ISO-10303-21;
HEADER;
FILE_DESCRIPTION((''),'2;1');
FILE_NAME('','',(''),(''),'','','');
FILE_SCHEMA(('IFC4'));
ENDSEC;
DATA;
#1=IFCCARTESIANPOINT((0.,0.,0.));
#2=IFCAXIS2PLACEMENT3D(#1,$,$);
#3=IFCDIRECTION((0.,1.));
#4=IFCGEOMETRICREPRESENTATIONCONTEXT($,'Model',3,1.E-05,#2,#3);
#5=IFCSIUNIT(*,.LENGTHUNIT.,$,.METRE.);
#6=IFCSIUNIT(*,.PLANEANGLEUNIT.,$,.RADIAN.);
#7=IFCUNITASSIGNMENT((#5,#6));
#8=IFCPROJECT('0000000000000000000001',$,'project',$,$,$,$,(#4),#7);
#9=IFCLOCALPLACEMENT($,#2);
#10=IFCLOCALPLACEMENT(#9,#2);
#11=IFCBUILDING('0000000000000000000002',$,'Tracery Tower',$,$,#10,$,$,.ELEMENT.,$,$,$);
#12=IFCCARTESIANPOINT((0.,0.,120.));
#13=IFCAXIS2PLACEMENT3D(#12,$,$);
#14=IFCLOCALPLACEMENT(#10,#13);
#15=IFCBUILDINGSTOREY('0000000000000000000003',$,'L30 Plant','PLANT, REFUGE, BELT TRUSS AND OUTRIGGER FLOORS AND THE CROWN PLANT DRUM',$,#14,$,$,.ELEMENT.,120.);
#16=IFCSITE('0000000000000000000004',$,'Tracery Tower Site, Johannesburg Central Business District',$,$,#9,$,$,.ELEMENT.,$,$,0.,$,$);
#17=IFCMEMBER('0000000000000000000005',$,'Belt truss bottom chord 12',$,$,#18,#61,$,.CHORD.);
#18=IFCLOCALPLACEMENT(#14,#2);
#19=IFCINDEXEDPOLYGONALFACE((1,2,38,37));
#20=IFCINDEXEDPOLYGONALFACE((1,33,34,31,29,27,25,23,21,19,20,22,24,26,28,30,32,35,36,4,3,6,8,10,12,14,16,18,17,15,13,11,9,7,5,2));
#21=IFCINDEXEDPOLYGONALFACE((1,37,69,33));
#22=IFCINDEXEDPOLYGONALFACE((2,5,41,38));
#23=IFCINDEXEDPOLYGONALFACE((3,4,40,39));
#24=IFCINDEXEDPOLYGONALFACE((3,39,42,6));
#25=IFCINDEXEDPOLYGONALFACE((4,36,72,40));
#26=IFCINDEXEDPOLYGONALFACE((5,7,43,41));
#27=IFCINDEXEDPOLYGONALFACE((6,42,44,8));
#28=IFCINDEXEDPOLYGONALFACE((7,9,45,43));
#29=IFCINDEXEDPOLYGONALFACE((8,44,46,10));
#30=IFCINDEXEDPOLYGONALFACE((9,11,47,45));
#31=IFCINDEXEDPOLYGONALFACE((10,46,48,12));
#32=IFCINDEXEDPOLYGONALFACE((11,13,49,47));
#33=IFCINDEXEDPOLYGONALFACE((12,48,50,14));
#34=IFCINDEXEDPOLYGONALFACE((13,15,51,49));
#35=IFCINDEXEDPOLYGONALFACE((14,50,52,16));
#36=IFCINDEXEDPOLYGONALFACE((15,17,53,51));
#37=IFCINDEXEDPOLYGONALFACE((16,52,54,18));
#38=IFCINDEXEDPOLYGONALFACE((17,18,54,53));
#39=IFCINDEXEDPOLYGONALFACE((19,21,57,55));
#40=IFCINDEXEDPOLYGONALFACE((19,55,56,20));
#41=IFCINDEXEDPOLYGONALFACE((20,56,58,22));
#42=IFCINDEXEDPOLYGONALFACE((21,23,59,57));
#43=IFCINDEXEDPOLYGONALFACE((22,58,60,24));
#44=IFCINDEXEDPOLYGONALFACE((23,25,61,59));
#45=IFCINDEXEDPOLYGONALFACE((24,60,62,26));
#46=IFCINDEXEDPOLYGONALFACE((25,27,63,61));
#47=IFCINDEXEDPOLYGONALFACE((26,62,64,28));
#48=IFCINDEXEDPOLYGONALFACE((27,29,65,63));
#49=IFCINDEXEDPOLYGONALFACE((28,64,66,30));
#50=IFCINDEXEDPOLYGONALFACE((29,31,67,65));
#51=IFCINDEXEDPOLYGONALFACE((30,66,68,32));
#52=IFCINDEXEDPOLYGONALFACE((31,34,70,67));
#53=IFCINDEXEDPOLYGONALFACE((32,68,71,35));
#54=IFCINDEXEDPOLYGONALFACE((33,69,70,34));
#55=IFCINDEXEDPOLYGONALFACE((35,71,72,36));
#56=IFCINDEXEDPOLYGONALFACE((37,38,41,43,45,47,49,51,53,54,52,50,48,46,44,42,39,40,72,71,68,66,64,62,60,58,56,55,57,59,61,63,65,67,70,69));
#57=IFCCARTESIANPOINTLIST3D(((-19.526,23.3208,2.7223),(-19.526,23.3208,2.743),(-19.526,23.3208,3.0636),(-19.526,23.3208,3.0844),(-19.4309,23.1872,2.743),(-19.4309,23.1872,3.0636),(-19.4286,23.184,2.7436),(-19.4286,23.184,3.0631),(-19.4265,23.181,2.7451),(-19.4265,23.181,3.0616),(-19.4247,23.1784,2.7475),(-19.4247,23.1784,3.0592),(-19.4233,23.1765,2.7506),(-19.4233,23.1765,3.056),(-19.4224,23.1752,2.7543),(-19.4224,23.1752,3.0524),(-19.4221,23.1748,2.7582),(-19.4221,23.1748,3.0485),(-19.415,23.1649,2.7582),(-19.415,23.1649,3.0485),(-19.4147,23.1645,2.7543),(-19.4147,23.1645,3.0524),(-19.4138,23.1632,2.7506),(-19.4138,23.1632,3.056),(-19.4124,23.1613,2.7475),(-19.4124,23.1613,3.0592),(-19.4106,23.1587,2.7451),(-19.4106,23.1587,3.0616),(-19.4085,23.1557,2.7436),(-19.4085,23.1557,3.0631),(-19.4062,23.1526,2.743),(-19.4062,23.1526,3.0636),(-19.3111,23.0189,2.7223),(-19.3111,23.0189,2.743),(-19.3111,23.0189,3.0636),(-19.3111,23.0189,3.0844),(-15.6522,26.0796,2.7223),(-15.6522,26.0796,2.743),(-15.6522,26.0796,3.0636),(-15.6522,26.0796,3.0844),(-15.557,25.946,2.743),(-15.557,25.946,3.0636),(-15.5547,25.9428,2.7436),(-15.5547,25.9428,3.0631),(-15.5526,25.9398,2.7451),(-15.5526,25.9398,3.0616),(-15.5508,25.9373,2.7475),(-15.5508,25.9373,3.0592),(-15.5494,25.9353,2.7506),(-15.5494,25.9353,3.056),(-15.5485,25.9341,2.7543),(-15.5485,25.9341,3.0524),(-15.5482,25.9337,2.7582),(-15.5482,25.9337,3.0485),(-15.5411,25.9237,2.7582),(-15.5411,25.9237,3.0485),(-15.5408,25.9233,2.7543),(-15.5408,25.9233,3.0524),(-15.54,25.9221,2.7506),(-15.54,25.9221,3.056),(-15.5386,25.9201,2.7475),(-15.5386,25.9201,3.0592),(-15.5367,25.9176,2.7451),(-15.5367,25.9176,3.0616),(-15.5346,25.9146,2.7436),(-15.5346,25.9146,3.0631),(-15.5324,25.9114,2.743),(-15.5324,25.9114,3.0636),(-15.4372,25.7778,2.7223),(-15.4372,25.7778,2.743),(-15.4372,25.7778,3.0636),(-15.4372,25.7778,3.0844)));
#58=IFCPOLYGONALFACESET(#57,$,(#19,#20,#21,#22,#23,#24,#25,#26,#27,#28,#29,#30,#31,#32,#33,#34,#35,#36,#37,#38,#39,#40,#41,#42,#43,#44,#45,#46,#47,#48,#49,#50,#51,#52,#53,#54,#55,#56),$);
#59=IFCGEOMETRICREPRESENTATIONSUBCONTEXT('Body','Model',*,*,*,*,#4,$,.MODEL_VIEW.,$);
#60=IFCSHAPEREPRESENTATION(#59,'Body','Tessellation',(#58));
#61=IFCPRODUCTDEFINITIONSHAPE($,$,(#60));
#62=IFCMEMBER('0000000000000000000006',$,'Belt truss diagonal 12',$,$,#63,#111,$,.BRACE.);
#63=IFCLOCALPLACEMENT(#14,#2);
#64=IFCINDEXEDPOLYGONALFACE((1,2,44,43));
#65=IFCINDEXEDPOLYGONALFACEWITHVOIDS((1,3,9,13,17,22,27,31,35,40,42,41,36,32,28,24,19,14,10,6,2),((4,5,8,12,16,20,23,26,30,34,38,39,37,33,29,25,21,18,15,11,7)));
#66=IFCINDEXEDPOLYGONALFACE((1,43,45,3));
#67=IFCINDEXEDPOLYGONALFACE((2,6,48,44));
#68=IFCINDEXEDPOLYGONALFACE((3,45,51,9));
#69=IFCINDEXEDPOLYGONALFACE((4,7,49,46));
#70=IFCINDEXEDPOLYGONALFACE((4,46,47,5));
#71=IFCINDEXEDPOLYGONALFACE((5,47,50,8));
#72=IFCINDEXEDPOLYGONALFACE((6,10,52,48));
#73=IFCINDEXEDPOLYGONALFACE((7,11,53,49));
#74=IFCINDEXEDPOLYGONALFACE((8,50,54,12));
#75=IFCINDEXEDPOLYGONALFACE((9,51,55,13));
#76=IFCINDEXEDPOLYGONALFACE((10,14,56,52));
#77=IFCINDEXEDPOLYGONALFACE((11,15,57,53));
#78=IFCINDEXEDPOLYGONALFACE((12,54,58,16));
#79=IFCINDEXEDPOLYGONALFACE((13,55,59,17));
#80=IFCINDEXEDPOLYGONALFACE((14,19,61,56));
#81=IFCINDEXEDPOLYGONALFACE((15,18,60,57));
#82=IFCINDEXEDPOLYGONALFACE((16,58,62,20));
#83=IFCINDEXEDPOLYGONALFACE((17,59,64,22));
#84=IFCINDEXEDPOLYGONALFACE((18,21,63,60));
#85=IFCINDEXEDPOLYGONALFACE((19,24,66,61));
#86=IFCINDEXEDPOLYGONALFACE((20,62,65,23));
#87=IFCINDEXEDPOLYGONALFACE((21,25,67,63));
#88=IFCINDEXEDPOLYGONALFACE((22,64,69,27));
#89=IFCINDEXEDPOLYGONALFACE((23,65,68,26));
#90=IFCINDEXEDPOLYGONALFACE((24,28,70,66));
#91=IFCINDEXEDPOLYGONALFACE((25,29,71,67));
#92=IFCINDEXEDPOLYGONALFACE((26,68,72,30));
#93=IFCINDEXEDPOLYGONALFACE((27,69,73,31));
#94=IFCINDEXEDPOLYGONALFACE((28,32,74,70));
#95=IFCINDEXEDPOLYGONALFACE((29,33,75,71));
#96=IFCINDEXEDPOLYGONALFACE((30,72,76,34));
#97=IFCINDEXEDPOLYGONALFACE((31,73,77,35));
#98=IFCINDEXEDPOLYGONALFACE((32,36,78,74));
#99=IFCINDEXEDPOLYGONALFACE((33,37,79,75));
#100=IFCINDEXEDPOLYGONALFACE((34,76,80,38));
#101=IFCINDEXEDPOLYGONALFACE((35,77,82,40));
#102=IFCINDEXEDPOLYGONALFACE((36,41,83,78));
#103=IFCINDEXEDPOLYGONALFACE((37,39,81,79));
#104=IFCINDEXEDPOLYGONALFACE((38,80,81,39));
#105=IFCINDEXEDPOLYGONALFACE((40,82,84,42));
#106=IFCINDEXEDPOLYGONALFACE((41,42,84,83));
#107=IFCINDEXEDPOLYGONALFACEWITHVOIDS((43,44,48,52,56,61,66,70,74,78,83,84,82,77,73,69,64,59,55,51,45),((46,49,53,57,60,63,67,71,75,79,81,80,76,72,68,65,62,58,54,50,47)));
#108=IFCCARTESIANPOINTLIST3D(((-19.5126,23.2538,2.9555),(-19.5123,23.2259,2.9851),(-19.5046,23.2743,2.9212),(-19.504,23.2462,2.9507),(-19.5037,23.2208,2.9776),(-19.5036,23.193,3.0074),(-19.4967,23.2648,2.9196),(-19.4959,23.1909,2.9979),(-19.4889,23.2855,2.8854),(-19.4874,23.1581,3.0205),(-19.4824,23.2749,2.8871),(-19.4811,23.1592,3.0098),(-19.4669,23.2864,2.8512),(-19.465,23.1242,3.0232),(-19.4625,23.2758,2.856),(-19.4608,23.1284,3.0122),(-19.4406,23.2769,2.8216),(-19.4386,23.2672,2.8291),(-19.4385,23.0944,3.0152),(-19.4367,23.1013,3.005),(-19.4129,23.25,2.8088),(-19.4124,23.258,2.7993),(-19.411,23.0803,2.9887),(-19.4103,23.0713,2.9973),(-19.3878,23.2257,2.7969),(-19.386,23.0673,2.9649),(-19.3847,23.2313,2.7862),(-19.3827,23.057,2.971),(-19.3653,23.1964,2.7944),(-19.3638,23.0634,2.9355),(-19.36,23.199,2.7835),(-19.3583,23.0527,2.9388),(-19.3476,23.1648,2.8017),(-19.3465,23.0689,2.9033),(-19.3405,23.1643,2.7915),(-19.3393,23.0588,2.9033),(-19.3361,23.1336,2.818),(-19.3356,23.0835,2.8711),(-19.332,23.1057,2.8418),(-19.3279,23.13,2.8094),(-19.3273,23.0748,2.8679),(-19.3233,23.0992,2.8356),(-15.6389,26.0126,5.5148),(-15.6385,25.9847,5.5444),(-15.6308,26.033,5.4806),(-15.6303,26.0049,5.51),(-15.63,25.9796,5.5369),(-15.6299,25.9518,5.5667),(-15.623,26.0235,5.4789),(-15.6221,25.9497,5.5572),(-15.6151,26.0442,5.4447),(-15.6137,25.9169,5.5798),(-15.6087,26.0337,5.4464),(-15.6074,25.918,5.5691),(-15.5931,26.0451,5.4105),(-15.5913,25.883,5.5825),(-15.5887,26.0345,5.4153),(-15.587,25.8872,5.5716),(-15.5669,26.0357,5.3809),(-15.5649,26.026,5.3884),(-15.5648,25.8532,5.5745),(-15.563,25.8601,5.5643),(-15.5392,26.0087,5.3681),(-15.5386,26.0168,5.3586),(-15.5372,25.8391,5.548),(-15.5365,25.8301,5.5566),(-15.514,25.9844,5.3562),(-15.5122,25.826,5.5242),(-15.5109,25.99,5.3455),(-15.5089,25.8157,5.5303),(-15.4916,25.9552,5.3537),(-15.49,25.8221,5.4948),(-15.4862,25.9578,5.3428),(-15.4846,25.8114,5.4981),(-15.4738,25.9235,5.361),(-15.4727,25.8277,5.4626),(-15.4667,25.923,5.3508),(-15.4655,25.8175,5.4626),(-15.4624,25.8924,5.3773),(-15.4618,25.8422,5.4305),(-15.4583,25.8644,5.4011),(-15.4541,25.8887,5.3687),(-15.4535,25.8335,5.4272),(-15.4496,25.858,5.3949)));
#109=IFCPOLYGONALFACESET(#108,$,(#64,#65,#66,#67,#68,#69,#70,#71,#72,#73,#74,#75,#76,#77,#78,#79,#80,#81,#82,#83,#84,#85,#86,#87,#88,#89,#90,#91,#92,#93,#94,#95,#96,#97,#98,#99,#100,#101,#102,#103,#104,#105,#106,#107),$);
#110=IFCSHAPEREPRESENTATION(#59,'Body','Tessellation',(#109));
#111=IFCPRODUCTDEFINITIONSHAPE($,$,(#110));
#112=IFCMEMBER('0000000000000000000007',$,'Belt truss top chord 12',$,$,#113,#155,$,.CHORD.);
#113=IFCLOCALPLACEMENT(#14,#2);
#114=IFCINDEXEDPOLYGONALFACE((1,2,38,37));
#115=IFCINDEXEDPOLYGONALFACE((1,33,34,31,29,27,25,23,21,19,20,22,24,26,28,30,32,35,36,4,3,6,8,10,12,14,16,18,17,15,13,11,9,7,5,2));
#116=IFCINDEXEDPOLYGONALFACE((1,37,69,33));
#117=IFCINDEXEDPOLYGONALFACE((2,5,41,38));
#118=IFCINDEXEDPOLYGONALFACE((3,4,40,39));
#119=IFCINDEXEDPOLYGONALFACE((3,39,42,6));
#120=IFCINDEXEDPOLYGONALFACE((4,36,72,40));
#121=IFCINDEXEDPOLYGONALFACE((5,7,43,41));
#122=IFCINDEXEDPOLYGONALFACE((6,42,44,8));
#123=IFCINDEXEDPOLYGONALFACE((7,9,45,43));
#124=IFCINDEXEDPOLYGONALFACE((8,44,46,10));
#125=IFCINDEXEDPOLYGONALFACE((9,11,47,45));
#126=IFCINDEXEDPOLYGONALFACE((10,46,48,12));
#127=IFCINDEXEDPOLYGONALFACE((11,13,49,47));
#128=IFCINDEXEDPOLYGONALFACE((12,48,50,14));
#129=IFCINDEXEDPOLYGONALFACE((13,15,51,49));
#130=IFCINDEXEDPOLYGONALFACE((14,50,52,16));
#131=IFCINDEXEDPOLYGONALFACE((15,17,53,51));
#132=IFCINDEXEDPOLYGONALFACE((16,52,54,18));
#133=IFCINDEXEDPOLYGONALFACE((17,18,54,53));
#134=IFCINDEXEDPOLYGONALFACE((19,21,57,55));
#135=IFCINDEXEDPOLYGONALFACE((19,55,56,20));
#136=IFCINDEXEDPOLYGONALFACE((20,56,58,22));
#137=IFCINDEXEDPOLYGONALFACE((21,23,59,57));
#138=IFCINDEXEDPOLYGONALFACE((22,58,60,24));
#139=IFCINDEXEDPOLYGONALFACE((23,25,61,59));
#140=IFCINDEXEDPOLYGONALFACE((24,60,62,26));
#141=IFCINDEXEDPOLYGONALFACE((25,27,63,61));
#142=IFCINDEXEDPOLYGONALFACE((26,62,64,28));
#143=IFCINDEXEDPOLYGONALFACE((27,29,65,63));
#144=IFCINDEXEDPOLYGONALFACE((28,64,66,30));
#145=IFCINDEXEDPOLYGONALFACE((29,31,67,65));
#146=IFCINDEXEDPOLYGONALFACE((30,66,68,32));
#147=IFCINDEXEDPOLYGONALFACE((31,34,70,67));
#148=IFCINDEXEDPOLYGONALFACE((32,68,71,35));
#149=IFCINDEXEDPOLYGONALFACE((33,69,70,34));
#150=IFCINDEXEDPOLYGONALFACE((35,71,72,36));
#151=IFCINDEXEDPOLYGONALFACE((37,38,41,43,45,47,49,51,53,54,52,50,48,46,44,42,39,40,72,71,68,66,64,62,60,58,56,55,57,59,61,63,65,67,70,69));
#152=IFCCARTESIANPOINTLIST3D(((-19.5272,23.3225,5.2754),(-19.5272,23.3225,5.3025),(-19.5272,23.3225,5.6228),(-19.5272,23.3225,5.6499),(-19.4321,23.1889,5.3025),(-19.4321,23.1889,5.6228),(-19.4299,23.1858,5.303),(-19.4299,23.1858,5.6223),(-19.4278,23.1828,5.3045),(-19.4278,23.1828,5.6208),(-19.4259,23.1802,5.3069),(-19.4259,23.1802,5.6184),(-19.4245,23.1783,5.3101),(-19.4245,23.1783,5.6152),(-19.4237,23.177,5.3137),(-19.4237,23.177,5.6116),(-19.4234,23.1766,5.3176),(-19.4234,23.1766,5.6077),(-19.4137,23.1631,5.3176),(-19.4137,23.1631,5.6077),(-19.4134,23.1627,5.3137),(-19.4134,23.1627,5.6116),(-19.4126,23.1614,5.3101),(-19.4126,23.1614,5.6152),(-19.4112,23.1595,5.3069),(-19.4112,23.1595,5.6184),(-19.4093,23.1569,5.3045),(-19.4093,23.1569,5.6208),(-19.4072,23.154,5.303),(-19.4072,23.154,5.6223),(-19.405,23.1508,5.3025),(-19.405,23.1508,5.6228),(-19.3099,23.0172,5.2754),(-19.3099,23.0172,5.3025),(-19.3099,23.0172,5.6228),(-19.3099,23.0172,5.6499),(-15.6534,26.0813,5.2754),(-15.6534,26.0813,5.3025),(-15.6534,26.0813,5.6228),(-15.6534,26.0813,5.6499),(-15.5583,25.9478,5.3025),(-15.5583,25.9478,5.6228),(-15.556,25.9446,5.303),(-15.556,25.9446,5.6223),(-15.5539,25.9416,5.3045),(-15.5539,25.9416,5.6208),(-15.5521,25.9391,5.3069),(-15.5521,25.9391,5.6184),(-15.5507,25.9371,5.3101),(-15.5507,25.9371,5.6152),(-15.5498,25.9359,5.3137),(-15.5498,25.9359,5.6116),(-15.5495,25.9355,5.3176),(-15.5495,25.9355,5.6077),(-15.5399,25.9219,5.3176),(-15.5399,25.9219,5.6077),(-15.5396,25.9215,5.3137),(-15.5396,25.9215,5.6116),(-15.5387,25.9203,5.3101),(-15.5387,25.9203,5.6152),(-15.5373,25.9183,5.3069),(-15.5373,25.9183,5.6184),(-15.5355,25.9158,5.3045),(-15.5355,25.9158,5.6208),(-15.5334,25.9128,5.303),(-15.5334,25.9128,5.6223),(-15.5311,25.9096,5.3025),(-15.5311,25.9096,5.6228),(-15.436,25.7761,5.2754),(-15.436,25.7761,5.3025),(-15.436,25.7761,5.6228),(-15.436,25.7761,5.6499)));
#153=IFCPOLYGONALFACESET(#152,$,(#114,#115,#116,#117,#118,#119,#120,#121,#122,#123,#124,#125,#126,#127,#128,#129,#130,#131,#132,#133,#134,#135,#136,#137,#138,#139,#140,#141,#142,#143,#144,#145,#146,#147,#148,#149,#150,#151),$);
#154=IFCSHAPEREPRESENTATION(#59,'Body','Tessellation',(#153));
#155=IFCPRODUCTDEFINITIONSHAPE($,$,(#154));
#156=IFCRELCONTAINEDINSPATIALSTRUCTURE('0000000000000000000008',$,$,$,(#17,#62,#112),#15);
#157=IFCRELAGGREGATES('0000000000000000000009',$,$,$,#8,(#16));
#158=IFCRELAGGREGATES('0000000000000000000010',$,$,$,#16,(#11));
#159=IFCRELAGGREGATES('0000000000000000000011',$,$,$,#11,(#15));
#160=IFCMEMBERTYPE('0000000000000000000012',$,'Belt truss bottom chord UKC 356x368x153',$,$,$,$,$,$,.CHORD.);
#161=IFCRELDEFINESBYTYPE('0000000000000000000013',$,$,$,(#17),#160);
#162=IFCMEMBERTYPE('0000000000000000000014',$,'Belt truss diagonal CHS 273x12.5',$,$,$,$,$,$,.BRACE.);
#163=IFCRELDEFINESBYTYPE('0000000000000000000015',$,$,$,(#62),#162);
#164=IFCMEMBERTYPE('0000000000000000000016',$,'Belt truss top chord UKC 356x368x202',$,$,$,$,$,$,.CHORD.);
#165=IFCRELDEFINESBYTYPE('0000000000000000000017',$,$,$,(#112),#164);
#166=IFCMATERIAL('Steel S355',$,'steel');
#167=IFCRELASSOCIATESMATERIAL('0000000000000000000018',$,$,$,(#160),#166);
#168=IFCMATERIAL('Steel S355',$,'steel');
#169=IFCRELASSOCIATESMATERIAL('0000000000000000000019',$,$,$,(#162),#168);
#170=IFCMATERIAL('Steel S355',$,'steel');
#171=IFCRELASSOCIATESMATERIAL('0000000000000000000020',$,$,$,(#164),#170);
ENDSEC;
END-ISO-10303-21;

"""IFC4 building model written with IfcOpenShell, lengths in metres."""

from ifc_helpers import new_model, si_unit, direction, frame, origin, origin_2d, place, context, subcontext, project, spatial, hollow_circle, i_section, extrude, material, material_profile, profile_set, type_object, element, save


model = new_model("IFC4")

# Units and contexts
model_context = context("Model", 3, precision=1e-05, world=origin(), true_north=direction((0.0, 1.0)))
body_context = subcontext(model_context, "Body", "Model", "MODEL_VIEW")
ifc_project = project(units=[si_unit("LENGTHUNIT", "METRE"), si_unit("PLANEANGLEUNIT", "RADIAN")], contexts=[model_context])

# Site, building, storey
site_placement = place(None, origin())
site = spatial("IfcSite", under=ifc_project, at=site_placement, Name="Tracery Tower Site, Johannesburg Central Business District", CompositionType="ELEMENT", RefElevation=0.0)
building_placement = place(site_placement, origin())
building = spatial("IfcBuilding", under=site, at=building_placement, Name="Tracery Tower", CompositionType="ELEMENT")
storey_placement = place(building_placement, frame((0.0, 0.0, 120.0)))
storey = spatial("IfcBuildingStorey", under=building, at=storey_placement, Name="L30 Plant", Description="PLANT, REFUGE, BELT TRUSS AND OUTRIGGER FLOORS AND THE CROWN PLANT DRUM", CompositionType="ELEMENT", Elevation=120.0)

# Members
ifc_material_1 = material(Name="Steel S355", Category="steel")
ifc_material_profile_1 = material_profile(ifc_material_1, i_section(OverallWidth=0.3706, OverallDepth=0.3621, WebThickness=0.0122, FlangeThickness=0.0208, FilletRadius=0.0151, at=origin_2d()), Name="UKC 356x368x153")
ifc_profile_set_1 = profile_set([ifc_material_profile_1], Name="Steel S355")
member_type_1 = type_object("IfcMemberType", Name="Belt truss bottom chord UKC 356x368x153", PredefinedType="CHORD", material=ifc_profile_set_1)
member_1_placement = place(storey_placement, frame((-15.5447, 25.9287, 2.9033), z_axis=(-0.814548, -0.580096, 0.0), x_axis=(0.580096, -0.814548, 0.0)))
element("IfcMember", 1, at=member_1_placement, inside=storey, type_object=member_type_1, Name="Belt truss bottom chord 12", PredefinedType="CHORD", context=body_context, shape_type="SweptSolid", body=[
    extrude(i_section(OverallWidth=0.3706, OverallDepth=0.3621, WebThickness=0.0122, FlangeThickness=0.0208, FilletRadius=0.0151, at=origin_2d()), origin(), (0.0, 0.0, 1.0), 4.7559),
])
ifc_material_2 = material(Name="Steel S355", Category="steel")
ifc_material_profile_2 = material_profile(ifc_material_2, hollow_circle(Radius=0.1365, WallThickness=0.0125, at=origin_2d()), Name="CHS 273x12.5")
ifc_profile_set_2 = profile_set([ifc_material_profile_2], Name="Steel S355")
member_type_2 = type_object("IfcMemberType", Name="Belt truss diagonal CHS 273x12.5", PredefinedType="BRACE", material=ifc_profile_set_2)
member_2_placement = place(storey_placement, frame((-15.5447, 25.9287, 5.4626), z_axis=(-0.717278, -0.510824, -0.473891), x_axis=(0.580096, -0.814548, 0.0)))
element("IfcMember", 2, at=member_2_placement, inside=storey, type_object=member_type_2, Name="Belt truss diagonal 12", PredefinedType="BRACE", context=body_context, shape_type="SweptSolid", body=[
    extrude(hollow_circle(Radius=0.1365, WallThickness=0.0125, at=origin_2d()), origin(), (0.0, 0.0, 1.0), 5.4006),
])
ifc_material_3 = material(Name="Steel S355", Category="steel")
ifc_material_profile_3 = material_profile(ifc_material_3, i_section(OverallWidth=0.3748, OverallDepth=0.3745, WebThickness=0.0166, FlangeThickness=0.0271, FilletRadius=0.0151, at=origin_2d()), Name="UKC 356x368x202")
ifc_profile_set_3 = profile_set([ifc_material_profile_3], Name="Steel S355")
member_type_3 = type_object("IfcMemberType", Name="Belt truss top chord UKC 356x368x202", PredefinedType="CHORD", material=ifc_profile_set_3)
member_3_placement = place(storey_placement, frame((-15.5447, 25.9287, 5.4626), z_axis=(-0.814548, -0.580096, 0.0), x_axis=(0.580096, -0.814548, 0.0)))
element("IfcMember", 3, at=member_3_placement, inside=storey, type_object=member_type_3, Name="Belt truss top chord 12", PredefinedType="CHORD", context=body_context, shape_type="SweptSolid", body=[
    extrude(i_section(OverallWidth=0.3748, OverallDepth=0.3745, WebThickness=0.0166, FlangeThickness=0.0271, FilletRadius=0.0151, at=origin_2d()), origin(), (0.0, 0.0, 1.0), 4.7559),
])

save(model, "model.ifc")
